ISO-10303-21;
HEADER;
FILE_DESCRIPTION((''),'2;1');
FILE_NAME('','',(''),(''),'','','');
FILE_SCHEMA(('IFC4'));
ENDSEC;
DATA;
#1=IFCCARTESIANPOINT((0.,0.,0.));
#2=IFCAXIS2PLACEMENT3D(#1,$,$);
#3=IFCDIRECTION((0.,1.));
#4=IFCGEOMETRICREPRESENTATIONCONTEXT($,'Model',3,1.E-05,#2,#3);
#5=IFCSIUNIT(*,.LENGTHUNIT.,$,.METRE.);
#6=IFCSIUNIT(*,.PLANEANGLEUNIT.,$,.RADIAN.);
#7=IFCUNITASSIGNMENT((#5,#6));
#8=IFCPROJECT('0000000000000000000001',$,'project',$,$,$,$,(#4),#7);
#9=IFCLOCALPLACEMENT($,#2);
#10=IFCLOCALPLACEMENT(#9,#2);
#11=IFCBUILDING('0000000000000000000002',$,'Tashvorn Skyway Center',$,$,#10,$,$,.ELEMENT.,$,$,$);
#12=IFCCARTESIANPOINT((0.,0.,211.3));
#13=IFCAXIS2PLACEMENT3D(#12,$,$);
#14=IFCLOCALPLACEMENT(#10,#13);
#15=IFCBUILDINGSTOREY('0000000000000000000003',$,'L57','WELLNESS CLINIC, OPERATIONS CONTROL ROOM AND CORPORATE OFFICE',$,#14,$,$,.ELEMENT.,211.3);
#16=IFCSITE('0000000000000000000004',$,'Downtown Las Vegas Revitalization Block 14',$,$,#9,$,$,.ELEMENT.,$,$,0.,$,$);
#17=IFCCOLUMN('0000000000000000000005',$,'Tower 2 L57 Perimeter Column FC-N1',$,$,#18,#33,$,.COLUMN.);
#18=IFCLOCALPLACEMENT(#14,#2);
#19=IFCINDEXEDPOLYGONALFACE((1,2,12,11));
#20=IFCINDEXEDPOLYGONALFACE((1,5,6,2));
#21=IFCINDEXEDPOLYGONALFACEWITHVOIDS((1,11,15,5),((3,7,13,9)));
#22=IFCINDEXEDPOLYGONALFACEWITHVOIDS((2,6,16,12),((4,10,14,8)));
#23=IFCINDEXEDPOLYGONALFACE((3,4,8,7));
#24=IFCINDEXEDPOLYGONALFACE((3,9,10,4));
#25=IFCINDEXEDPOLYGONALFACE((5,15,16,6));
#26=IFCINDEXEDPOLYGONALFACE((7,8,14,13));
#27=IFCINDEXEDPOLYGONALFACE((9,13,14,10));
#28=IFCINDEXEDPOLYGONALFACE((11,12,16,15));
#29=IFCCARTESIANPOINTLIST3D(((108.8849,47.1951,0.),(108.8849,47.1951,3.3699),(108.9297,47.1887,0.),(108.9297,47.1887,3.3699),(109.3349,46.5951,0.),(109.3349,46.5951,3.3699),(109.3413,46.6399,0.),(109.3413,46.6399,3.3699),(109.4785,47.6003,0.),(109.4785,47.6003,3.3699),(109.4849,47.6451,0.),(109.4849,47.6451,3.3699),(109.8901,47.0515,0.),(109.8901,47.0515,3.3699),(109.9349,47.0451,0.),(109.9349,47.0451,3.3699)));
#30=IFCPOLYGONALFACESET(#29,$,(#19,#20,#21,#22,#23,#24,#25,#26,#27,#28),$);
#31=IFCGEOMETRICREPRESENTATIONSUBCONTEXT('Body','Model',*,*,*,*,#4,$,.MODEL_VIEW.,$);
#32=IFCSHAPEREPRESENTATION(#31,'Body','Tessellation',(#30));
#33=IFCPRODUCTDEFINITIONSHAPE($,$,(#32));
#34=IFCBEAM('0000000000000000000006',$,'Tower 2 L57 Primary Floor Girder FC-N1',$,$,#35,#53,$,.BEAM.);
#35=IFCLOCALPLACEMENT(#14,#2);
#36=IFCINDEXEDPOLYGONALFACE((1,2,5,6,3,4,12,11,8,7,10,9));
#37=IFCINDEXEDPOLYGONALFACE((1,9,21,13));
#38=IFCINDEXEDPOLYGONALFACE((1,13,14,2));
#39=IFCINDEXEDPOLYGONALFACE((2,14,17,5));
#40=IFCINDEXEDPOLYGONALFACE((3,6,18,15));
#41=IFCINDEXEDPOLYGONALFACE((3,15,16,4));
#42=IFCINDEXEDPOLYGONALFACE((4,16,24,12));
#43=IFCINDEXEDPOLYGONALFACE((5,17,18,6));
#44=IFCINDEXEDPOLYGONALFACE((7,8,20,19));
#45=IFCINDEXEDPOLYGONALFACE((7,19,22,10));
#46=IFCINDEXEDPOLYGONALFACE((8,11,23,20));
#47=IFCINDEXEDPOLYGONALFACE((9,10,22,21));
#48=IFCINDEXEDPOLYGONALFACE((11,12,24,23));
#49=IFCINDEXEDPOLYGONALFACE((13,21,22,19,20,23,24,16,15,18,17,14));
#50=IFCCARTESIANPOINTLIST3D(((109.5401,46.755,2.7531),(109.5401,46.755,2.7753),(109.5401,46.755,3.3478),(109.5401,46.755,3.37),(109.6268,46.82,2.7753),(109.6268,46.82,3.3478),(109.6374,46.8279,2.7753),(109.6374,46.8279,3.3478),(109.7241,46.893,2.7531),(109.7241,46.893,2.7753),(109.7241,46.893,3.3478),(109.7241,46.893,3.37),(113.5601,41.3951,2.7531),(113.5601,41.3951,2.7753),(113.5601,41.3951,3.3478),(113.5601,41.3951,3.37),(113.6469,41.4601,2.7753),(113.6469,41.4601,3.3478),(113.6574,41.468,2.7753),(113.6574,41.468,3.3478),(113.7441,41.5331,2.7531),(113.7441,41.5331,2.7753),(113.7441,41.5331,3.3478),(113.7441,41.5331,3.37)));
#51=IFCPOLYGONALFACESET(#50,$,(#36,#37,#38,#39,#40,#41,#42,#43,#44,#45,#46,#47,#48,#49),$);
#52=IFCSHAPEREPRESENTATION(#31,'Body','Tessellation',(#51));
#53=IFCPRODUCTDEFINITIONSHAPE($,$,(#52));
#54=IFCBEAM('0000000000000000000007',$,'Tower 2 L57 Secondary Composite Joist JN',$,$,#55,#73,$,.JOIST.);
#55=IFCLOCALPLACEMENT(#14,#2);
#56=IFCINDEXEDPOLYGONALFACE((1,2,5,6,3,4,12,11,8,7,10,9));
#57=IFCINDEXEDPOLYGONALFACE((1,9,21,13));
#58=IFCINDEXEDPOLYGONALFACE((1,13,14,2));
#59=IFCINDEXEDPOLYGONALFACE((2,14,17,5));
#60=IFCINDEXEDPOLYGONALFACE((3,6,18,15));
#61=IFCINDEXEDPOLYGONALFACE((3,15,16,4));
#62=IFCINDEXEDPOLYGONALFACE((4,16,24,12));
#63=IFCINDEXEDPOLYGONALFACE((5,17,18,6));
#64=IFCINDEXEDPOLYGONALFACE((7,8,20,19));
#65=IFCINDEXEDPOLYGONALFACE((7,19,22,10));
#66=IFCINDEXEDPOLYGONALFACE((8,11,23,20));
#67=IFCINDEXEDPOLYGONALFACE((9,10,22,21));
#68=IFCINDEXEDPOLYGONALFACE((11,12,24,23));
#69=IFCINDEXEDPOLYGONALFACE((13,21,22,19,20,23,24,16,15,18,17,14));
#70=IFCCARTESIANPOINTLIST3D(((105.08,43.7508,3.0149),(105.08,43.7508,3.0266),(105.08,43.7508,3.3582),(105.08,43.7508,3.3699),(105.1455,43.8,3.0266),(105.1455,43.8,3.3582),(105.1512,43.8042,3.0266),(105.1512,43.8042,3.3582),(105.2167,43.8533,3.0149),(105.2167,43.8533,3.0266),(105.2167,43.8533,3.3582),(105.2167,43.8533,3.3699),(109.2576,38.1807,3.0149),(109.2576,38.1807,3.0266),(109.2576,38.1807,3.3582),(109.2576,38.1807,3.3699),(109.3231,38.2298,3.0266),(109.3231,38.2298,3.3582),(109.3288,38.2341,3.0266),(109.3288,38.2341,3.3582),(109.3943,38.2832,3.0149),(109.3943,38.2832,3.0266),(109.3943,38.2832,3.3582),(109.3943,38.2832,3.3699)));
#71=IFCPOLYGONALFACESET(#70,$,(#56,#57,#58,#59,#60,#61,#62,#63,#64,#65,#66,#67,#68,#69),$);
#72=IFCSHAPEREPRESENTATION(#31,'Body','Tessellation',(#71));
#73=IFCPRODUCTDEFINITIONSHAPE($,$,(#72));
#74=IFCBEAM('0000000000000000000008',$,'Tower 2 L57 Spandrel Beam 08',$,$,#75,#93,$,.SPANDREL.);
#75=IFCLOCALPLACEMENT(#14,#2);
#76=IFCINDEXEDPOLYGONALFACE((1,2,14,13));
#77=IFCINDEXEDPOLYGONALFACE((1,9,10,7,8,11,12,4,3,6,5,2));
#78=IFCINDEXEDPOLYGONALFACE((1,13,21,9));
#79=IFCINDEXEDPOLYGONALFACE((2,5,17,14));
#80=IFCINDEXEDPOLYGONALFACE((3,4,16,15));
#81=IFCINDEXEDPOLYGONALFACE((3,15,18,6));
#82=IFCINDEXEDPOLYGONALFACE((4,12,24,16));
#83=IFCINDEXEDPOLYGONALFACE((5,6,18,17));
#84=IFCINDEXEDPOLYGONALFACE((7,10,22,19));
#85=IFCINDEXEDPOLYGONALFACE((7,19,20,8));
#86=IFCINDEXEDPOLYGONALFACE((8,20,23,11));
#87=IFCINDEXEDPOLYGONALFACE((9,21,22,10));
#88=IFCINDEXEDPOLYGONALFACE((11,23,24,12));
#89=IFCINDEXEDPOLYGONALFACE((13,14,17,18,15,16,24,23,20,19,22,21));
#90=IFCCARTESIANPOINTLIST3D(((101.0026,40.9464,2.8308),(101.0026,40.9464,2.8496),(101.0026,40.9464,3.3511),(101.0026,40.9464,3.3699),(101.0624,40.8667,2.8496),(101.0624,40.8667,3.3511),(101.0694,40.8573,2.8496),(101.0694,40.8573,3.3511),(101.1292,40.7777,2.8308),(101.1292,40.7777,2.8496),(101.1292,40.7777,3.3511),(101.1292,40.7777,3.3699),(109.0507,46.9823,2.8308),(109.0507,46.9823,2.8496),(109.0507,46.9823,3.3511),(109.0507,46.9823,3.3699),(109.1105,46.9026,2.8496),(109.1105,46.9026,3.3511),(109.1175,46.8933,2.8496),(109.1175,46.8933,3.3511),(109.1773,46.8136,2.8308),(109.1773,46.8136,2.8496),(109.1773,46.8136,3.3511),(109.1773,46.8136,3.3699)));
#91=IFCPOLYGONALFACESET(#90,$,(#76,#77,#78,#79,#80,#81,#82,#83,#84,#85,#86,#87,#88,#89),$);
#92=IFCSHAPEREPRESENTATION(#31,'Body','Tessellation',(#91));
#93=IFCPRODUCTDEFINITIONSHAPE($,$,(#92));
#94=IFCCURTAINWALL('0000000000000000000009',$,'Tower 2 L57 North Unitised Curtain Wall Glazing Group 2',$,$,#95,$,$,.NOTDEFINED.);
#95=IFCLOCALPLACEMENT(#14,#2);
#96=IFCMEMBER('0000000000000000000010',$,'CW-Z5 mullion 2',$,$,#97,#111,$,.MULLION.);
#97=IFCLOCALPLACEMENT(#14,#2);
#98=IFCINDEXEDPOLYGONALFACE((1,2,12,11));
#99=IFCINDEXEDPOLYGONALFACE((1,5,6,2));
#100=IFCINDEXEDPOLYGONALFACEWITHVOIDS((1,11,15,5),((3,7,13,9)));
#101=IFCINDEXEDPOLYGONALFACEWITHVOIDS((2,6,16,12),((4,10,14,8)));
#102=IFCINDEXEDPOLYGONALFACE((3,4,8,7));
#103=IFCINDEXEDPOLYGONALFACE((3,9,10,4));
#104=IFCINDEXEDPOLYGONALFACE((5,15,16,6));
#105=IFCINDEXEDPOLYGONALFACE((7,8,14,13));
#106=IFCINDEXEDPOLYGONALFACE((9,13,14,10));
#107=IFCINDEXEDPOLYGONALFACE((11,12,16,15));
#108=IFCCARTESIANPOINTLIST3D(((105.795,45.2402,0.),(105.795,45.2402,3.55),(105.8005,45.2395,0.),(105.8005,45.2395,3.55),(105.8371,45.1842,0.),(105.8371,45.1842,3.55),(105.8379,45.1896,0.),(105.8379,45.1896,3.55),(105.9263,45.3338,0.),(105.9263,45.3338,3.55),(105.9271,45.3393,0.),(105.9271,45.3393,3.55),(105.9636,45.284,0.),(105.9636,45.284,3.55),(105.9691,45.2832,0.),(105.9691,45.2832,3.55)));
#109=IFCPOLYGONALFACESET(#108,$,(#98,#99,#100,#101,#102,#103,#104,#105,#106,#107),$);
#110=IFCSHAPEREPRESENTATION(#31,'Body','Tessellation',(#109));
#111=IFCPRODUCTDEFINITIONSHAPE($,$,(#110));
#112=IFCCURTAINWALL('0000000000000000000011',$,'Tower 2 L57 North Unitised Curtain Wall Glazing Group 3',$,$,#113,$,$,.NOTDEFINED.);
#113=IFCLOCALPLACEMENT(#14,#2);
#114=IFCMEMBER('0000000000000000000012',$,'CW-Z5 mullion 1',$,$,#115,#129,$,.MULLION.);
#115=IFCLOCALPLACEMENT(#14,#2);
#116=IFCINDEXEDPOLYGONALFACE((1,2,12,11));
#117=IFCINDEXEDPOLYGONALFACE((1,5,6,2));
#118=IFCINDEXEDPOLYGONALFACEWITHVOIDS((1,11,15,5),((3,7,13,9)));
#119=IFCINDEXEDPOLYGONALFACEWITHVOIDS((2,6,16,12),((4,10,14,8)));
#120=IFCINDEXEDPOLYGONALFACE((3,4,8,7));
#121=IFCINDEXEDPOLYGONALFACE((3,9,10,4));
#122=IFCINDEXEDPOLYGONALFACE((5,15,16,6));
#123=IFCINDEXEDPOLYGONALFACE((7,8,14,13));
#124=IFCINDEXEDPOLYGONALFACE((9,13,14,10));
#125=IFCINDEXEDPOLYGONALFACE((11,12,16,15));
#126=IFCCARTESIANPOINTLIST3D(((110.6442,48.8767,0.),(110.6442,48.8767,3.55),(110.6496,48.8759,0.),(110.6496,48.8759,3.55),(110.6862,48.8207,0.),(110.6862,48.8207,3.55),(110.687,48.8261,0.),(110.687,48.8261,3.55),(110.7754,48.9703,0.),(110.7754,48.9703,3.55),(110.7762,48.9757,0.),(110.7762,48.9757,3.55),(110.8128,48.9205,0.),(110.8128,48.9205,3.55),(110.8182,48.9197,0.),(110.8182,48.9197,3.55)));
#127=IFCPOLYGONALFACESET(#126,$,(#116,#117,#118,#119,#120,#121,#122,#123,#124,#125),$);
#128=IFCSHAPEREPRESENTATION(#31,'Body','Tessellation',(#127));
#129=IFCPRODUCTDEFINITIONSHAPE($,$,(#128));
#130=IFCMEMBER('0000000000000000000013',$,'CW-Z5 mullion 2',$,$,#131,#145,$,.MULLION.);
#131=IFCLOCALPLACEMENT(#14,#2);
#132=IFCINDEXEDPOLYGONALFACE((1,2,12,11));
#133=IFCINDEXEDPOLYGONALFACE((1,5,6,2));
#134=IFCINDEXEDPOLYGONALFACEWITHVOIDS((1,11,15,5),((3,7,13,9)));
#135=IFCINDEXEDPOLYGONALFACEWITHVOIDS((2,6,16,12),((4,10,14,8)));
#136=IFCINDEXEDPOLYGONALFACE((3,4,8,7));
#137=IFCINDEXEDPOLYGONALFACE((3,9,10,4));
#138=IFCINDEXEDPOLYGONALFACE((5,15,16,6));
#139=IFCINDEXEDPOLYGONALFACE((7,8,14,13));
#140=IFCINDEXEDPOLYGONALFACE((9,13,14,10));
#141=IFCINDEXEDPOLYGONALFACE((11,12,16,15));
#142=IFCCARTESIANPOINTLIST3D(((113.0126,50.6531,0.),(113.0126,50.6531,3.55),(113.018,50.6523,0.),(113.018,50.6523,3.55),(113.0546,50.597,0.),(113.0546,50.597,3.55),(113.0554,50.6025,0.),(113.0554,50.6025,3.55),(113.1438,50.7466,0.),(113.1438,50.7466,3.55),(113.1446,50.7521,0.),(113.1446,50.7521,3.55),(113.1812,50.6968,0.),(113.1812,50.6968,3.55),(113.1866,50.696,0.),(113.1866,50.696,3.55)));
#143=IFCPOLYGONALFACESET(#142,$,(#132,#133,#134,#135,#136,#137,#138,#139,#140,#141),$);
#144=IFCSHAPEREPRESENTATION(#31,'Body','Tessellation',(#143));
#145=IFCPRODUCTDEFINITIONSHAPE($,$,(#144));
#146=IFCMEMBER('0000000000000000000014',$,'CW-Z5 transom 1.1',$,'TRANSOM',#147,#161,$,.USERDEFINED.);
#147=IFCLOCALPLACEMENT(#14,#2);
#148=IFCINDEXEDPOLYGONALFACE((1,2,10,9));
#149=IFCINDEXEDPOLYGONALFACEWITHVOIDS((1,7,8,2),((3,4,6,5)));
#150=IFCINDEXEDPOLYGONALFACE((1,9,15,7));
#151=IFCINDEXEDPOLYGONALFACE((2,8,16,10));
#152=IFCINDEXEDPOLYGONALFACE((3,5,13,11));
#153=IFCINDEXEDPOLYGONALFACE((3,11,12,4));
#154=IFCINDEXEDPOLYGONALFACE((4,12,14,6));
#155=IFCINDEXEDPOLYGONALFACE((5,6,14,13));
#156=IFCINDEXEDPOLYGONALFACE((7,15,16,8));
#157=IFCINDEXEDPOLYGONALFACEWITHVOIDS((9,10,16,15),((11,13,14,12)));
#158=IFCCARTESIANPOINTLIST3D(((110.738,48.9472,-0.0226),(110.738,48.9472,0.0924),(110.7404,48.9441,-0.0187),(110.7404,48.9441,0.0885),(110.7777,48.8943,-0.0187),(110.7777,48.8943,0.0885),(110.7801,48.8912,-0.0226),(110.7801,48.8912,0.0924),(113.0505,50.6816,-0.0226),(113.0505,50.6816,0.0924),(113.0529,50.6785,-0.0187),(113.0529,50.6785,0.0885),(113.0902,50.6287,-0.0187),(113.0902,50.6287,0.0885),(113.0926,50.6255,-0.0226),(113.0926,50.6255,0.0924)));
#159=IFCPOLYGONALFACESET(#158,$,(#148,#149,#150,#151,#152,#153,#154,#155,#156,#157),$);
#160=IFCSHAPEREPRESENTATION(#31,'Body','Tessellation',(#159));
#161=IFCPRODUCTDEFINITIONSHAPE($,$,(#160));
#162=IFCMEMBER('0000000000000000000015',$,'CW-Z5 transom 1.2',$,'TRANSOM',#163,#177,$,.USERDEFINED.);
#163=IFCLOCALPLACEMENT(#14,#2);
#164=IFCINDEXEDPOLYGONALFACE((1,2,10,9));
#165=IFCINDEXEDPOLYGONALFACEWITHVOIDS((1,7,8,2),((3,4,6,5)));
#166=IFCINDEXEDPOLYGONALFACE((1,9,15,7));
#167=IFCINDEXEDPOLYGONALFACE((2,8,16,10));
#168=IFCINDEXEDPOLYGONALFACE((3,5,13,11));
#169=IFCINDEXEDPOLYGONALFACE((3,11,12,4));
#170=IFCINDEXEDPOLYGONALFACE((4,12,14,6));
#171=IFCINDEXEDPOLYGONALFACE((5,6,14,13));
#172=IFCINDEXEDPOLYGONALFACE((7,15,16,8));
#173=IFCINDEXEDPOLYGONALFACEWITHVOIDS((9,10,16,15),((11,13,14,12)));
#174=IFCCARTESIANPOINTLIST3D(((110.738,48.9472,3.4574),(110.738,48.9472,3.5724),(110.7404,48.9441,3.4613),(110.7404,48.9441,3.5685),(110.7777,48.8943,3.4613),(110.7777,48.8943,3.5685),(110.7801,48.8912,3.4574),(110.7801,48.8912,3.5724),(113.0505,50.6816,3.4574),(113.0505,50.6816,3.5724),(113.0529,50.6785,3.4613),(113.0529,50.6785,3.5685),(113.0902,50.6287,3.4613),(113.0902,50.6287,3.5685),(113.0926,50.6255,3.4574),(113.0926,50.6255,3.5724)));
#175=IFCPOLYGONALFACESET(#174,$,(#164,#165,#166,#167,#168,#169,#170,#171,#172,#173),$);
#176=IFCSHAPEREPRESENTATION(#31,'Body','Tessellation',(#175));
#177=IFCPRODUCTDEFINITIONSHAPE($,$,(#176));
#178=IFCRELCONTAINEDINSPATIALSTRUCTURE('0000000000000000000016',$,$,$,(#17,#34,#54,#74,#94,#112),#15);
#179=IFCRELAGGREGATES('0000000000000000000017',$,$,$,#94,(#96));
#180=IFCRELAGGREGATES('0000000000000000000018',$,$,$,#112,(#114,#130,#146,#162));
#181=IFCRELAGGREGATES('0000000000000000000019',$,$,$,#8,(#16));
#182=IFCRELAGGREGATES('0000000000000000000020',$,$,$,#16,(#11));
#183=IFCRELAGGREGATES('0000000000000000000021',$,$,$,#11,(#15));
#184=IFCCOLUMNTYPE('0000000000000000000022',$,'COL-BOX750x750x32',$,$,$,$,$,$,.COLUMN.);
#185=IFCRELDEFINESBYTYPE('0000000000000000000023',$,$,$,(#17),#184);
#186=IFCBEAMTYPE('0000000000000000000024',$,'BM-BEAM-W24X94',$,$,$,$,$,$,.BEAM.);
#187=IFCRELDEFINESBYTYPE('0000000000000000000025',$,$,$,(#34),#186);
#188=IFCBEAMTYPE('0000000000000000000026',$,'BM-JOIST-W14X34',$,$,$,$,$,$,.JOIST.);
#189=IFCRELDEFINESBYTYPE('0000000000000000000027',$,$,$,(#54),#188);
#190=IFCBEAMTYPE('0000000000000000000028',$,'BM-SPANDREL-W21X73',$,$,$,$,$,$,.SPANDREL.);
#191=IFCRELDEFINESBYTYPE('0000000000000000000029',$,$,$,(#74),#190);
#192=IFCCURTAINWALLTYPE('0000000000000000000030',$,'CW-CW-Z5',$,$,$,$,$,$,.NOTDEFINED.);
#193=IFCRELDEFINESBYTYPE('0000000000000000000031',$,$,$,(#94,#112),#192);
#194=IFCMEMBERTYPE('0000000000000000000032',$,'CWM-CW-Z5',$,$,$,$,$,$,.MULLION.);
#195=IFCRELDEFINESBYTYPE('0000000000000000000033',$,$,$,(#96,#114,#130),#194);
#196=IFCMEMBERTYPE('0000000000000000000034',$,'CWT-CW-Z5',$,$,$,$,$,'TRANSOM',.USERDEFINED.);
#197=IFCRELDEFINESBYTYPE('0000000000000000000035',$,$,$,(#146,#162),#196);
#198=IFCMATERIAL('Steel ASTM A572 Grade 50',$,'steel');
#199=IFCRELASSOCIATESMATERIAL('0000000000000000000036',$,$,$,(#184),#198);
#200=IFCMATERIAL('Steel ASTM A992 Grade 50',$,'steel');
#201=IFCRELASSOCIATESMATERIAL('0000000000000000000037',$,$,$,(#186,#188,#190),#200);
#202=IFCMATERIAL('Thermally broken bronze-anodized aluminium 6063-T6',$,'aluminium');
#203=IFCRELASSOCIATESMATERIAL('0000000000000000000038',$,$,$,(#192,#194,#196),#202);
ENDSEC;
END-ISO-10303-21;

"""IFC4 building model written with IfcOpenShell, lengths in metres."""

from ifc_helpers import new_model, si_unit, direction, frame, origin, origin_2d, place, context, subcontext, project, spatial, hollow_rectangle, i_section, extrude, material, material_profile, profile_set, type_object, element, aggregate, save


model = new_model("IFC4")

# Units and contexts
model_context = context("Model", 3, precision=1e-05, world=origin(), true_north=direction((0.0, 1.0)))
body_context = subcontext(model_context, "Body", "Model", "MODEL_VIEW")
ifc_project = project(units=[si_unit("LENGTHUNIT", "METRE"), si_unit("PLANEANGLEUNIT", "RADIAN")], contexts=[model_context])

# Site, building, storey
site_placement = place(None, origin())
site = spatial("IfcSite", under=ifc_project, at=site_placement, Name="Downtown Las Vegas Revitalization Block 14", CompositionType="ELEMENT", RefElevation=0.0)
building_placement = place(site_placement, origin())
building = spatial("IfcBuilding", under=site, at=building_placement, Name="Tashvorn Skyway Center", CompositionType="ELEMENT")
storey_placement = place(building_placement, frame((0.0, 0.0, 211.3)))
storey = spatial("IfcBuildingStorey", under=building, at=storey_placement, Name="L57", Description="WELLNESS CLINIC, OPERATIONS CONTROL ROOM AND CORPORATE OFFICE", CompositionType="ELEMENT", Elevation=211.3)

# Column
ifc_material_1 = material(Name="Steel ASTM A572 Grade 50", Category="steel")
ifc_material_profile_1 = material_profile(ifc_material_1, hollow_rectangle(XDim=0.75, YDim=0.75, WallThickness=0.032, at=origin_2d()), Name="BOX750x750x32")
ifc_profile_set_1 = profile_set([ifc_material_profile_1], Name="Steel ASTM A572 Grade 50")
column_type = type_object("IfcColumnType", Name="COL-BOX750x750x32", PredefinedType="COLUMN", material=ifc_profile_set_1)
column_placement = place(storey_placement, frame((109.4099, 47.1201, 0.0), z_axis=(0.0, 0.0, 1.0), x_axis=(0.8, 0.6, 0.0)))
element("IfcColumn", 1, at=column_placement, inside=storey, type_object=column_type, Name="Tower 2 L57 Perimeter Column FC-N1", PredefinedType="COLUMN", context=body_context, shape_type="SweptSolid", body=[
    extrude(hollow_rectangle(XDim=0.75, YDim=0.75, WallThickness=0.032, at=origin_2d()), origin(), (0.0, 0.0, 1.0), 3.3699),
])

# Beams
ifc_material_2 = material(Name="Steel ASTM A992 Grade 50", Category="steel")
ifc_material_profile_2 = material_profile(ifc_material_2, i_section(OverallWidth=0.23, OverallDepth=0.6169, WebThickness=0.0132, FlangeThickness=0.0222, at=origin_2d()), Name="W24X94")
ifc_profile_set_2 = profile_set([ifc_material_profile_2], Name="Steel ASTM A992 Grade 50")
beam_type_1 = type_object("IfcBeamType", Name="BM-BEAM-W24X94", PredefinedType="BEAM", material=ifc_profile_set_2)
beam_1_placement = place(storey_placement, frame((109.6321, 46.824, 3.0615), z_axis=(0.600012, -0.799991, 0.0), x_axis=(0.799991, 0.600012, 0.0)))
element("IfcBeam", 2, at=beam_1_placement, inside=storey, type_object=beam_type_1, Name="Tower 2 L57 Primary Floor Girder FC-N1", PredefinedType="BEAM", context=body_context, shape_type="SweptSolid", body=[
    extrude(i_section(OverallWidth=0.23, OverallDepth=0.6169, WebThickness=0.0132, FlangeThickness=0.0222, at=origin_2d()), origin(), (0.0, 0.0, 1.0), 6.7),
])
ifc_material_profile_3 = material_profile(ifc_material_2, i_section(OverallWidth=0.1709, OverallDepth=0.355, WebThickness=0.0071, FlangeThickness=0.0117, at=origin_2d()), Name="W14X34")
ifc_profile_set_3 = profile_set([ifc_material_profile_3], Name="Steel ASTM A992 Grade 50")
beam_type_2 = type_object("IfcBeamType", Name="BM-JOIST-W14X34", PredefinedType="JOIST", material=ifc_profile_set_3)
beam_2_placement = place(storey_placement, frame((109.3259, 38.2319, 3.1924), z_axis=(-0.599994, 0.800004, 0.0), x_axis=(-0.800004, -0.599994, 0.0)))
element("IfcBeam", 3, at=beam_2_placement, inside=storey, type_object=beam_type_2, Name="Tower 2 L57 Secondary Composite Joist JN", PredefinedType="JOIST", context=body_context, shape_type="SweptSolid", body=[
    extrude(i_section(OverallWidth=0.1709, OverallDepth=0.355, WebThickness=0.0071, FlangeThickness=0.0117, at=origin_2d()), origin(), (0.0, 0.0, 1.0), 6.9626),
])
ifc_material_profile_4 = material_profile(ifc_material_2, i_section(OverallWidth=0.2109, OverallDepth=0.5391, WebThickness=0.0117, FlangeThickness=0.0188, at=origin_2d()), Name="W21X73")
ifc_profile_set_4 = profile_set([ifc_material_profile_4], Name="Steel ASTM A992 Grade 50")
beam_type_3 = type_object("IfcBeamType", Name="BM-SPANDREL-W21X73", PredefinedType="SPANDREL", material=ifc_profile_set_4)
beam_3_placement = place(storey_placement, frame((109.114, 46.8979, 3.1003), z_axis=(-0.800009, -0.599988, 0.0), x_axis=(0.599988, -0.800009, 0.0)))
element("IfcBeam", 4, at=beam_3_placement, inside=storey, type_object=beam_type_3, Name="Tower 2 L57 Spandrel Beam 08", PredefinedType="SPANDREL", context=body_context, shape_type="SweptSolid", body=[
    extrude(i_section(OverallWidth=0.2109, OverallDepth=0.5391, WebThickness=0.0117, FlangeThickness=0.0188, at=origin_2d()), origin(), (0.0, 0.0, 1.0), 10.0601),
])

# Curtain wall, member
ifc_material_3 = material(Name="Thermally broken bronze-anodized aluminium 6063-T6", Category="aluminium")
curtain_wall_type = type_object("IfcCurtainWallType", Name="CW-CW-Z5", PredefinedType="NOTDEFINED", material=ifc_material_3)
curtain_wall_1_placement = place(storey_placement, origin())
curtain_wall_1 = element("IfcCurtainWall", 5, at=curtain_wall_1_placement, inside=storey, type_object=curtain_wall_type, Name="Tower 2 L57 North Unitised Curtain Wall Glazing Group 2", PredefinedType="NOTDEFINED")
ifc_material_profile_5 = material_profile(ifc_material_3, hollow_rectangle(XDim=0.0701, YDim=0.165, WallThickness=0.0039, at=origin_2d()), Name="ALU-MULL-70x165")
ifc_profile_set_5 = profile_set([ifc_material_profile_5], Name="Thermally broken bronze-anodized aluminium 6063-T6")
member_type_1 = type_object("IfcMemberType", Name="CWM-CW-Z5", PredefinedType="MULLION", material=ifc_profile_set_5)
member_1_placement = place(storey_placement, frame((105.8821, 45.2617, 0.0), z_axis=(0.0, 0.0, 1.0), x_axis=(-0.600021, 0.799984, 0.0)))
member_1 = element("IfcMember", 6, at=member_1_placement, type_object=member_type_1, Name="CW-Z5 mullion 2", PredefinedType="MULLION", context=body_context, shape_type="SweptSolid", body=[
    extrude(hollow_rectangle(XDim=0.0701, YDim=0.165, WallThickness=0.0039, at=origin_2d()), origin(), (0.0, 0.0, 1.0), 3.55),
])
aggregate(curtain_wall_1, [member_1])

# Curtain wall, members
curtain_wall_2_placement = place(storey_placement, origin())
curtain_wall_2 = element("IfcCurtainWall", 7, at=curtain_wall_2_placement, inside=storey, type_object=curtain_wall_type, Name="Tower 2 L57 North Unitised Curtain Wall Glazing Group 3", PredefinedType="NOTDEFINED")
member_2_placement = place(storey_placement, frame((110.7312, 48.8982, 0.0), z_axis=(0.0, 0.0, 1.0), x_axis=(-0.600003, 0.799998, 0.0)))
member_2 = element("IfcMember", 8, at=member_2_placement, type_object=member_type_1, Name="CW-Z5 mullion 1", PredefinedType="MULLION", context=body_context, shape_type="SweptSolid", body=[
    extrude(hollow_rectangle(XDim=0.0701, YDim=0.165, WallThickness=0.0039, at=origin_2d()), origin(), (0.0, 0.0, 1.0), 3.55),
])
member_3_placement = place(storey_placement, frame((113.0996, 50.6746, 0.0), z_axis=(0.0, 0.0, 1.0), x_axis=(-0.600003, 0.799998, 0.0)))
member_3 = element("IfcMember", 9, at=member_3_placement, type_object=member_type_1, Name="CW-Z5 mullion 2", PredefinedType="MULLION", context=body_context, shape_type="SweptSolid", body=[
    extrude(hollow_rectangle(XDim=0.0701, YDim=0.165, WallThickness=0.0039, at=origin_2d()), origin(), (0.0, 0.0, 1.0), 3.55),
])
ifc_material_profile_6 = material_profile(ifc_material_3, hollow_rectangle(XDim=0.0701, YDim=0.115, WallThickness=0.0039, at=origin_2d()), Name="ALU-TRAN-70x115")
ifc_profile_set_6 = profile_set([ifc_material_profile_6], Name="Thermally broken bronze-anodized aluminium 6063-T6")
member_type_2 = type_object("IfcMemberType", Name="CWT-CW-Z5", ElementType="TRANSOM", PredefinedType="USERDEFINED", material=ifc_profile_set_6)
member_4_placement = place(storey_placement, frame((110.759, 48.9192, 0.0349), z_axis=(0.8, 0.6, 0.0), x_axis=(-0.6, 0.8, 0.0)))
member_4 = element("IfcMember", 10, at=member_4_placement, type_object=member_type_2, Name="CW-Z5 transom 1.1", ObjectType="TRANSOM", PredefinedType="USERDEFINED", context=body_context, shape_type="SweptSolid", body=[
    extrude(hollow_rectangle(XDim=0.0701, YDim=0.115, WallThickness=0.0039, at=origin_2d()), origin(), (0.0, 0.0, 1.0), 2.8906),
])
member_5_placement = place(storey_placement, frame((110.759, 48.9192, 3.5149), z_axis=(0.8, 0.6, 0.0), x_axis=(-0.6, 0.8, 0.0)))
member_5 = element("IfcMember", 11, at=member_5_placement, type_object=member_type_2, Name="CW-Z5 transom 1.2", ObjectType="TRANSOM", PredefinedType="USERDEFINED", context=body_context, shape_type="SweptSolid", body=[
    extrude(hollow_rectangle(XDim=0.0701, YDim=0.115, WallThickness=0.0039, at=origin_2d()), origin(), (0.0, 0.0, 1.0), 2.8906),
])
aggregate(curtain_wall_2, [member_2, member_3, member_4, member_5])

save(model, "model.ifc")
